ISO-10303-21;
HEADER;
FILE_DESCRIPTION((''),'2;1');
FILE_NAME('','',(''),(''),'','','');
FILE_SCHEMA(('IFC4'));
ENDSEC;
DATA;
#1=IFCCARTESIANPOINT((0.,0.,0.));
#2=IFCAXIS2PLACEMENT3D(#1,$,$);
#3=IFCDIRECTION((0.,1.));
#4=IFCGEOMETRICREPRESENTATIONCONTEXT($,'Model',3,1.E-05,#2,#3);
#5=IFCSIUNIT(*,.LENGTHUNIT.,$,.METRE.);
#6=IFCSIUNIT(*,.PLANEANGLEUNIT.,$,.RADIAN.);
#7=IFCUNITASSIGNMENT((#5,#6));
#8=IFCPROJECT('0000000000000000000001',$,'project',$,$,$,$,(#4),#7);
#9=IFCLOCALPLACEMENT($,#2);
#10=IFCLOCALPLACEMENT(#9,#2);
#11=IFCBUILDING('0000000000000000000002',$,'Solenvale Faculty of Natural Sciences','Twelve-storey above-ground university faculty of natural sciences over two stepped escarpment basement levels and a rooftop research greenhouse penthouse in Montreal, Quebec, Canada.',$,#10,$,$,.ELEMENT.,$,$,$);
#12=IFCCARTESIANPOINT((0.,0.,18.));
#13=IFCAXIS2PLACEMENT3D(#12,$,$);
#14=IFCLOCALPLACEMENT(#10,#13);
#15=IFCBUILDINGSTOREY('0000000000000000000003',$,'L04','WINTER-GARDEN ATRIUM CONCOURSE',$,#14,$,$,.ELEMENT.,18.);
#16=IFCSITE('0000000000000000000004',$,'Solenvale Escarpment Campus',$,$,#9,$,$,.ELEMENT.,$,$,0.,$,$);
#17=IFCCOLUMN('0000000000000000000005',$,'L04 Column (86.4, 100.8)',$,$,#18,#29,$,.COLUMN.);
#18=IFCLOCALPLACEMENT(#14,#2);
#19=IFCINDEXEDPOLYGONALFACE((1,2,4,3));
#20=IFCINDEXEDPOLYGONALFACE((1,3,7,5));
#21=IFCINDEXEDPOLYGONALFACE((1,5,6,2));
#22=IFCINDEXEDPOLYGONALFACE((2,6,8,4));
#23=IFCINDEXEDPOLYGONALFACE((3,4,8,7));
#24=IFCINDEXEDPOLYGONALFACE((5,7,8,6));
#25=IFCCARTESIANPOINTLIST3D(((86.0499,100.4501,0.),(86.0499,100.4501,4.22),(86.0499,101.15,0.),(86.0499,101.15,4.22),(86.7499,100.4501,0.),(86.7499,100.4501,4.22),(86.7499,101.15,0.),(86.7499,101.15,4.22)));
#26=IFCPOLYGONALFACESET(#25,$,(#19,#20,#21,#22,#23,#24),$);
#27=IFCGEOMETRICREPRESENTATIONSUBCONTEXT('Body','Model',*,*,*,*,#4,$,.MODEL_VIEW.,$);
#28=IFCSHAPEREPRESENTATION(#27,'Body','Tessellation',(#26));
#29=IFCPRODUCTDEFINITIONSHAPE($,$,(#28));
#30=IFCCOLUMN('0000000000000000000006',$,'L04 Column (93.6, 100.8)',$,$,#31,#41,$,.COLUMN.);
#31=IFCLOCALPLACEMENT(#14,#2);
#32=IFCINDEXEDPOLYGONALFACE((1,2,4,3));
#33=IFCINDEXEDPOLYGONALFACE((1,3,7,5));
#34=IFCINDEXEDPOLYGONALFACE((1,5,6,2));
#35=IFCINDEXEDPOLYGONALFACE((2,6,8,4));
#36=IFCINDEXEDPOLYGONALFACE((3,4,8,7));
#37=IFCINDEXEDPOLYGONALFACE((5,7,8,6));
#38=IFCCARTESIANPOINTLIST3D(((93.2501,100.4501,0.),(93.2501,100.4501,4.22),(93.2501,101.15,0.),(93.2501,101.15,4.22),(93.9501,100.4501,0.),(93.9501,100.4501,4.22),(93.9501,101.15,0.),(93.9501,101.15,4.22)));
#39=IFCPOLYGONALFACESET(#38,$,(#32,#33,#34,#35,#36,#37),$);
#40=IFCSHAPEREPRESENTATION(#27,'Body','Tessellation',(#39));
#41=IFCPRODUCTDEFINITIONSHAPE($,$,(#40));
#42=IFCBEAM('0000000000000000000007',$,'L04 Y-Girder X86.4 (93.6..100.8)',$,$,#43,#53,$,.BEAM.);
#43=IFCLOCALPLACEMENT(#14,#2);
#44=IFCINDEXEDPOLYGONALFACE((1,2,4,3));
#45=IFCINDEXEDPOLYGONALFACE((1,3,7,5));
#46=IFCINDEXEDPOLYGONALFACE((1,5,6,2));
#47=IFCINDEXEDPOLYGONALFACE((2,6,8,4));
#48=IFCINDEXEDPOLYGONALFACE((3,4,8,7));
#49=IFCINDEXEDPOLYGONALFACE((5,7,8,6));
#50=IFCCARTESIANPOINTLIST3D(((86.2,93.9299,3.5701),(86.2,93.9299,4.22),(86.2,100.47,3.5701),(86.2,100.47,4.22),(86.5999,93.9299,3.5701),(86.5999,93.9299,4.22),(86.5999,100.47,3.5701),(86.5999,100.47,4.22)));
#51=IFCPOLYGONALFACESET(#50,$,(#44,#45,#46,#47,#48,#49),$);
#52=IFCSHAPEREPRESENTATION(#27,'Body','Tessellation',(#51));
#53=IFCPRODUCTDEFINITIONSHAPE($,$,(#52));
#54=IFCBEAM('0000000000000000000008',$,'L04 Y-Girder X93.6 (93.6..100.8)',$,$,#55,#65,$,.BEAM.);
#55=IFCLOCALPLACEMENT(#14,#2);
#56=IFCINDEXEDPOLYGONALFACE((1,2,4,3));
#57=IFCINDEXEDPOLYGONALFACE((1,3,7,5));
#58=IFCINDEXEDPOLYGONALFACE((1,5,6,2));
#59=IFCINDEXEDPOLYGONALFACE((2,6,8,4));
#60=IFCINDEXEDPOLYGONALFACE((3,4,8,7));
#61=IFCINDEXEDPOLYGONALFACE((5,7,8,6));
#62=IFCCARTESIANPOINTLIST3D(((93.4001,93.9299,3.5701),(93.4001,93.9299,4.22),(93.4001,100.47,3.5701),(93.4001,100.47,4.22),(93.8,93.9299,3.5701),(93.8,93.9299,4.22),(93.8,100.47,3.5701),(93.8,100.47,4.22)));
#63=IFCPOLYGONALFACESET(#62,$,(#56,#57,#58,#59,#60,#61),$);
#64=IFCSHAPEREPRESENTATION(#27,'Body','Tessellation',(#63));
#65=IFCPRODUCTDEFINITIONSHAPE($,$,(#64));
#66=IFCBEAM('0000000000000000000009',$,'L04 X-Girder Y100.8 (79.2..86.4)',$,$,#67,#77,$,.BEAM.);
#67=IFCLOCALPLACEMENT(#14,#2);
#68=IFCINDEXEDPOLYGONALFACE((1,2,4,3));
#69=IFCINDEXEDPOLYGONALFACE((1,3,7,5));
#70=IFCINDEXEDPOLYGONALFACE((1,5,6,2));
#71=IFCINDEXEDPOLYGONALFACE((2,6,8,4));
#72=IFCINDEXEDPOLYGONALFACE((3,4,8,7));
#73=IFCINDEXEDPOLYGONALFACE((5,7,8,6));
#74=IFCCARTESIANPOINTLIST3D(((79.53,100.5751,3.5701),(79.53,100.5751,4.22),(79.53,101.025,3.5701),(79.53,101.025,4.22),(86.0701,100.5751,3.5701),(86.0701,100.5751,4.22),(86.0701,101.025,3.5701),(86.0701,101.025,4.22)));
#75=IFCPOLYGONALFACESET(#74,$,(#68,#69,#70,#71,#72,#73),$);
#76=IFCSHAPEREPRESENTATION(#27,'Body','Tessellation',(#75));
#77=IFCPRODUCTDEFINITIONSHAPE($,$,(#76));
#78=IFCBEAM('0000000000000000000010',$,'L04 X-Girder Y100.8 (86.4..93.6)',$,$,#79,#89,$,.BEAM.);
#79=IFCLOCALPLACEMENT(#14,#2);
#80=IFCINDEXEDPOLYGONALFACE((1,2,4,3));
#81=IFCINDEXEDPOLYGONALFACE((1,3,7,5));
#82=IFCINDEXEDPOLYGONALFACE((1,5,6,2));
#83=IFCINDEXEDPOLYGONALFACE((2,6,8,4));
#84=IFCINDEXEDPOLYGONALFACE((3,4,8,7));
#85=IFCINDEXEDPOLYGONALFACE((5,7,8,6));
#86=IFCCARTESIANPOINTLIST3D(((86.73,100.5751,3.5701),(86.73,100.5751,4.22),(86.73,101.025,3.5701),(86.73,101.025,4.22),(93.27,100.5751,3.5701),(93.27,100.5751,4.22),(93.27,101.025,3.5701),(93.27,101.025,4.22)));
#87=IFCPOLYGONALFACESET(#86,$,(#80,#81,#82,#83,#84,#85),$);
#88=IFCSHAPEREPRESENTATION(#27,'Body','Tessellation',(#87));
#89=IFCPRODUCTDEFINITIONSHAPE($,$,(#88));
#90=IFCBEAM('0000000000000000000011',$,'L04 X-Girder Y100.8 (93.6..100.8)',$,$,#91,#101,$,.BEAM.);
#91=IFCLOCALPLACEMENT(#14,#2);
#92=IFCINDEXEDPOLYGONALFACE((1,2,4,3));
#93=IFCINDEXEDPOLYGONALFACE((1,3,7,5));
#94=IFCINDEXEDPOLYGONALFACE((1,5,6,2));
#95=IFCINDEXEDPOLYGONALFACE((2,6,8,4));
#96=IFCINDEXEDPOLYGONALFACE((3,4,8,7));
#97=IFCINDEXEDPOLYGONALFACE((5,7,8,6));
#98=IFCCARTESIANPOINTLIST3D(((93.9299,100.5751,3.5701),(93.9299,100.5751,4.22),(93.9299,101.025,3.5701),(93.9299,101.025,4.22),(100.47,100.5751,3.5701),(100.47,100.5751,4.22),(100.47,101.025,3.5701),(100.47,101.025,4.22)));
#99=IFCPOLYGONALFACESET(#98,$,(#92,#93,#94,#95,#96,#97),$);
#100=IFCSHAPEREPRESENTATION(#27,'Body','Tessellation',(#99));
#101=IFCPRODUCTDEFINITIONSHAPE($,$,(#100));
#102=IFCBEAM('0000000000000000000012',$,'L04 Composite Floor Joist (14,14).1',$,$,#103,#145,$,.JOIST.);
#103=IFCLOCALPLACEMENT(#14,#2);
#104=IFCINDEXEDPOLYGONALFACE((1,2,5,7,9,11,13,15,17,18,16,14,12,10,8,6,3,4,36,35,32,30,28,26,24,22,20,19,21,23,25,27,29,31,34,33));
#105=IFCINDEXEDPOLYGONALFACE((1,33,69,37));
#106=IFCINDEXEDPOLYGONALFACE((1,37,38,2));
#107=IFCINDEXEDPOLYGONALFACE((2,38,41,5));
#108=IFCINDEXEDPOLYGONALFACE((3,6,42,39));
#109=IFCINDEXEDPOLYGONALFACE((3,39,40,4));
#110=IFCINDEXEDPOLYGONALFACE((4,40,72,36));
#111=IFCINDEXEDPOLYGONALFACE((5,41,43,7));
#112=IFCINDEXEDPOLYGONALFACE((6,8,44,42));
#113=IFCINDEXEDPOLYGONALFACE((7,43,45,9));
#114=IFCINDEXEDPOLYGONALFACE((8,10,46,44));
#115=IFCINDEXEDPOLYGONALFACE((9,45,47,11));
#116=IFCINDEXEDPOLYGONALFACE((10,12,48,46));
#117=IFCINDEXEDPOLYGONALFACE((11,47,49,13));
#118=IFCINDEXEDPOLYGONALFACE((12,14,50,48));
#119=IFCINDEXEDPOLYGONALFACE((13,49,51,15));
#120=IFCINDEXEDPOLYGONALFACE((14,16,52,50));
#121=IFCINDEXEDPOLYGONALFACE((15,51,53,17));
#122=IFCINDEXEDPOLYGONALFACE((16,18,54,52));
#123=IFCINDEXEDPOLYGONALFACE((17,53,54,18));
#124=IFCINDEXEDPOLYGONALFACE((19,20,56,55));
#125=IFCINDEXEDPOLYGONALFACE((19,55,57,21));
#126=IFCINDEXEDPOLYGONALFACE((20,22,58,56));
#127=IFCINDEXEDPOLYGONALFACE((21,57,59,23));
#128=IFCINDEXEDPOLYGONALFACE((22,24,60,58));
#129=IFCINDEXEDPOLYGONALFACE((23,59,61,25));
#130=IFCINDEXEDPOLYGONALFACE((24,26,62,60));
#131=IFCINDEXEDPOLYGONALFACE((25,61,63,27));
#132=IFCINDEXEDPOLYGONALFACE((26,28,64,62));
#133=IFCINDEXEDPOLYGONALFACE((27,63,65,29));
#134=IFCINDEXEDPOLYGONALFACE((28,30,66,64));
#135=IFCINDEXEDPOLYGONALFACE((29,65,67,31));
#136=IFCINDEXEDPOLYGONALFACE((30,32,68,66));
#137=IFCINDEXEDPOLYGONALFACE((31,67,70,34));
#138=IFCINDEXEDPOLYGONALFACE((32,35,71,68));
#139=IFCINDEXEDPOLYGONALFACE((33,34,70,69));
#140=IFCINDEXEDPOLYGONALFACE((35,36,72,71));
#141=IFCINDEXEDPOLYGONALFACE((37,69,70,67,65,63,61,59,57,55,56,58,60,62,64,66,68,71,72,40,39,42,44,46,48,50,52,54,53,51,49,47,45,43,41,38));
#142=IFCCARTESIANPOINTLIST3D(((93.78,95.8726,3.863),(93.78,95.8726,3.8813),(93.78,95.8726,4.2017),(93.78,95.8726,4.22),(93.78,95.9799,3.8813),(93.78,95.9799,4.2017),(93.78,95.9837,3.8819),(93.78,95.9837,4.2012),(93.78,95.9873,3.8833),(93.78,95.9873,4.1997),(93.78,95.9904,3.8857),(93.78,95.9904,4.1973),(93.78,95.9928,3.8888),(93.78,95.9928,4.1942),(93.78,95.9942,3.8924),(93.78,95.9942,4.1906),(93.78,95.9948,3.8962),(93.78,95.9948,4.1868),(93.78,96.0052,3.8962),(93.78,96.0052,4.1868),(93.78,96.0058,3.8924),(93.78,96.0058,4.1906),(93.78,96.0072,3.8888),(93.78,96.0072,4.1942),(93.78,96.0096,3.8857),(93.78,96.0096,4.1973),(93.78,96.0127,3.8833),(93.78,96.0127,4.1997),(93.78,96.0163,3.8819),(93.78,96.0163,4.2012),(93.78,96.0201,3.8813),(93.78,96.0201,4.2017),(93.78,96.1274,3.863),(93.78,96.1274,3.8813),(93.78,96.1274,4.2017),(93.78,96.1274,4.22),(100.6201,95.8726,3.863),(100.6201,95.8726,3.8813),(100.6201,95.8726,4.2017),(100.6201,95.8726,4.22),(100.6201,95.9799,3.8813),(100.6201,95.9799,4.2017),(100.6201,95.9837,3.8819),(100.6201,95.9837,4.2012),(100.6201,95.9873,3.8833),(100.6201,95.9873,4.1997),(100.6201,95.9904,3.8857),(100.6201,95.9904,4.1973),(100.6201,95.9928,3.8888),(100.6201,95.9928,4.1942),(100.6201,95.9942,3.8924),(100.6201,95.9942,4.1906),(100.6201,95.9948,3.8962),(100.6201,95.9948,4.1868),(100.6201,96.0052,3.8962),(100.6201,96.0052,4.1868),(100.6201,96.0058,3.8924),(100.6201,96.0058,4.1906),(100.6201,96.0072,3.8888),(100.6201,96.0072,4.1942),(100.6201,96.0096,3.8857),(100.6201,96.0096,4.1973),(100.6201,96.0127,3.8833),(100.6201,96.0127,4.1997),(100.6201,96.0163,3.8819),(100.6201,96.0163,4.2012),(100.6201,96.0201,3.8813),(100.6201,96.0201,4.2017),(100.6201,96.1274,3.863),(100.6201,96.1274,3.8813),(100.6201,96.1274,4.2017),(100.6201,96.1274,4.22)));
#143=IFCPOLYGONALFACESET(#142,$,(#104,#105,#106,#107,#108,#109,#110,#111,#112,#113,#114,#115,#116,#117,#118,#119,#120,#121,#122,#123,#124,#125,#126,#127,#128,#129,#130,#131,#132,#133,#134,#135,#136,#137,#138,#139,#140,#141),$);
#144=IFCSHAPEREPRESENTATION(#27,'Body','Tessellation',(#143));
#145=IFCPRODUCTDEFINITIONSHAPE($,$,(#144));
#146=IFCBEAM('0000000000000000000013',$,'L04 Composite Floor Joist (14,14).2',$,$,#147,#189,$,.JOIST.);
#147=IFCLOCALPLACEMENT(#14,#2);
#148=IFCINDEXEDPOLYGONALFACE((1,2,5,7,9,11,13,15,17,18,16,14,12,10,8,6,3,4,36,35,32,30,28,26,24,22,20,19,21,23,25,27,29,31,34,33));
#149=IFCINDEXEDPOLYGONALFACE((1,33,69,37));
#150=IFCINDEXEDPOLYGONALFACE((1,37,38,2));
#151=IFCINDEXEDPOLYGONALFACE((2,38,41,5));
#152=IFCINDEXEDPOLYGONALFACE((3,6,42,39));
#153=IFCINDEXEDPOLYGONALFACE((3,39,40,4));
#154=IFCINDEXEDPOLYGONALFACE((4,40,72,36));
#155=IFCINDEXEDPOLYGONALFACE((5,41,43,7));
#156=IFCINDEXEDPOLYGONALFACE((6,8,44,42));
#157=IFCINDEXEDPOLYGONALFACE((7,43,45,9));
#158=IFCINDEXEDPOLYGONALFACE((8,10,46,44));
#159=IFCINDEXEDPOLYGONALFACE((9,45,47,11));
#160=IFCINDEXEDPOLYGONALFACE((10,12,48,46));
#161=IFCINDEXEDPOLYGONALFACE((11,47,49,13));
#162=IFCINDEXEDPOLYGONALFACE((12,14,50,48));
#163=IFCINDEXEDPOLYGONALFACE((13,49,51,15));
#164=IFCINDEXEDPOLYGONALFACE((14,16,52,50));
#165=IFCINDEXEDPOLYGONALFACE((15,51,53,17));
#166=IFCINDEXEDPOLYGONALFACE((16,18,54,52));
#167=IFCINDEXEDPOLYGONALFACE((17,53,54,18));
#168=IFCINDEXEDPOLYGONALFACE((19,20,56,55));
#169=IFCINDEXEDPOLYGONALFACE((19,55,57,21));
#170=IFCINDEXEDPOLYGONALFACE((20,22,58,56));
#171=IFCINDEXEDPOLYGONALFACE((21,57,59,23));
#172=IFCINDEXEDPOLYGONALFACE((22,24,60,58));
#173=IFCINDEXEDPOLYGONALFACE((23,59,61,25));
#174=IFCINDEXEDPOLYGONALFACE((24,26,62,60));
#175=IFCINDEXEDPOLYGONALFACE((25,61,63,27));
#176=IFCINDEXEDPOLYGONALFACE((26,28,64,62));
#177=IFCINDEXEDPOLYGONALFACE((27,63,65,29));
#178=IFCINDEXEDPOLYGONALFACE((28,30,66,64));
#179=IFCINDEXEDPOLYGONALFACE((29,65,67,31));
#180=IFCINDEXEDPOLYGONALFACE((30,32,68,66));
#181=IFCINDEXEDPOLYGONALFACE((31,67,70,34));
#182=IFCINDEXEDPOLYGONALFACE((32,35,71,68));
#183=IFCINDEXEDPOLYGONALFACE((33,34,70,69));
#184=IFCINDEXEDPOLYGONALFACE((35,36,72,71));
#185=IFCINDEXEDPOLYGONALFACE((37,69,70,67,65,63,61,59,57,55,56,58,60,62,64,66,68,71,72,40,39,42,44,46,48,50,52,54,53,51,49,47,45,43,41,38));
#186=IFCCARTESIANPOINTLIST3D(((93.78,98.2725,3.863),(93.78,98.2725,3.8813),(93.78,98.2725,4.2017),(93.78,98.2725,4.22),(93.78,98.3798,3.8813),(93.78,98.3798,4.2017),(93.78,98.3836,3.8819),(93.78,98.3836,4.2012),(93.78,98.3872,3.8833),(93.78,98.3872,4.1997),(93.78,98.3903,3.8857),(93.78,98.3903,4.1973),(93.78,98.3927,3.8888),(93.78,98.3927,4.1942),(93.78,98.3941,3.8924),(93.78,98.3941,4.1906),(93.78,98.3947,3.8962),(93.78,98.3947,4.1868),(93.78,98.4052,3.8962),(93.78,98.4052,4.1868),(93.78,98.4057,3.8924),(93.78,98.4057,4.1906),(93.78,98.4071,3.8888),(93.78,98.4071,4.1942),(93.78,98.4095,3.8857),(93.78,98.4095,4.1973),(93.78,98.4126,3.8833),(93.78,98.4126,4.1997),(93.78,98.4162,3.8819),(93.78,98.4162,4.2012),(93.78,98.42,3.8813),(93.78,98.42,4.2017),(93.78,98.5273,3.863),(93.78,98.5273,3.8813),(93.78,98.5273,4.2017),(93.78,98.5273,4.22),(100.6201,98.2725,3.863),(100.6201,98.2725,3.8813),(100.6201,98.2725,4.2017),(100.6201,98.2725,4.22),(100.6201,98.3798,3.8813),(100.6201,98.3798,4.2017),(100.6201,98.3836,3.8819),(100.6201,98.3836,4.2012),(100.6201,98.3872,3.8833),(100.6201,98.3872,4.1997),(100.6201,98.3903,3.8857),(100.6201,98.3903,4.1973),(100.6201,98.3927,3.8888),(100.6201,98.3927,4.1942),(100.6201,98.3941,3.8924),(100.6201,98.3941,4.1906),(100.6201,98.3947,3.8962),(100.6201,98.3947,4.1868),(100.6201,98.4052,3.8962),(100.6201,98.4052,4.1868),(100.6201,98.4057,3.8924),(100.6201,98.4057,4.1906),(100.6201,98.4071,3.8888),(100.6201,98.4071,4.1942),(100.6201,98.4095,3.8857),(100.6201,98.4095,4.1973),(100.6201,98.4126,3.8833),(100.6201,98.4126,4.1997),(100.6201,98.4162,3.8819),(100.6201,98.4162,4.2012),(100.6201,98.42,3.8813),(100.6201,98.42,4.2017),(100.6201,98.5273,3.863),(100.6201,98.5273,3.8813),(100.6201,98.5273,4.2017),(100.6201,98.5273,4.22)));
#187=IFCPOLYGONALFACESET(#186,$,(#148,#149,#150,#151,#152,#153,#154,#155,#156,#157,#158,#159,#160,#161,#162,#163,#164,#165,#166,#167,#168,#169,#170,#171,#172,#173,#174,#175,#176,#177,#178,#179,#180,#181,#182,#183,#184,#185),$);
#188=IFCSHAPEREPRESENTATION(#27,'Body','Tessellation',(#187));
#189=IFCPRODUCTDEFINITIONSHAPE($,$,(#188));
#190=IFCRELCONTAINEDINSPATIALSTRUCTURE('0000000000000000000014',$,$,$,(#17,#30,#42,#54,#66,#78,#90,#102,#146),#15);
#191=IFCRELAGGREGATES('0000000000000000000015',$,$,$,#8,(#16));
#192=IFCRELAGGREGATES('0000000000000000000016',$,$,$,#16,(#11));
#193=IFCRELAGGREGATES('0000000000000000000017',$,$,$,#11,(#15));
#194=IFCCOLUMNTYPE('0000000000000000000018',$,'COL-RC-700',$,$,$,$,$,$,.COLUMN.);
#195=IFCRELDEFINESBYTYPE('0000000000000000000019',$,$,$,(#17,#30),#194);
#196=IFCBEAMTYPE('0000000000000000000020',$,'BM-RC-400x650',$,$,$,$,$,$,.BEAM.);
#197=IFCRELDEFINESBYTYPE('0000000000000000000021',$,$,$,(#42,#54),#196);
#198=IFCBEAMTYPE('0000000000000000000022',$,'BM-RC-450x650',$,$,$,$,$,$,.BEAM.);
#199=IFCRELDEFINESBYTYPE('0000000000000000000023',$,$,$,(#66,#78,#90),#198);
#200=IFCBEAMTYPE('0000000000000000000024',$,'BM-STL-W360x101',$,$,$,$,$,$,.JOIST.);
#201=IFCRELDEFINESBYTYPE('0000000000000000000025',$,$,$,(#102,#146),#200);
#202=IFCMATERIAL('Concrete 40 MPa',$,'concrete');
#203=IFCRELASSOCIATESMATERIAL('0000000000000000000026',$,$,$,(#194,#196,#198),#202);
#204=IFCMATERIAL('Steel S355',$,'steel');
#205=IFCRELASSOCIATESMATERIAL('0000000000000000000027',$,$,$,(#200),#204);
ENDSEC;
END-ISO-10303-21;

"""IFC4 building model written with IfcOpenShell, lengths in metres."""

from ifc_helpers import new_model, si_unit, direction, frame, origin, origin_2d, place, context, subcontext, project, spatial, rectangle, i_section, extrude, material, material_profile, profile_set, type_object, element, save


model = new_model("IFC4")

# Units and contexts
model_context = context("Model", 3, precision=1e-05, world=origin(), true_north=direction((0.0, 1.0)))
body_context = subcontext(model_context, "Body", "Model", "MODEL_VIEW")
ifc_project = project(units=[si_unit("LENGTHUNIT", "METRE"), si_unit("PLANEANGLEUNIT", "RADIAN")], contexts=[model_context])

# Site, building, storey
site_placement = place(None, origin())
site = spatial("IfcSite", under=ifc_project, at=site_placement, Name="Solenvale Escarpment Campus", CompositionType="ELEMENT", RefElevation=0.0)
building_placement = place(site_placement, origin())
building = spatial("IfcBuilding", under=site, at=building_placement, Name="Solenvale Faculty of Natural Sciences", Description="Twelve-storey above-ground university faculty of natural sciences over two stepped escarpment basement levels and a rooftop research greenhouse penthouse in Montreal, Quebec, Canada.", CompositionType="ELEMENT")
storey_placement = place(building_placement, frame((0.0, 0.0, 18.0)))
storey = spatial("IfcBuildingStorey", under=building, at=storey_placement, Name="L04", Description="WINTER-GARDEN ATRIUM CONCOURSE", CompositionType="ELEMENT", Elevation=18.0)

# Columns
ifc_material_1 = material(Name="Concrete 40 MPa", Category="concrete")
ifc_material_profile_1 = material_profile(ifc_material_1, rectangle(XDim=0.7, YDim=0.7, at=origin_2d()), Name="RC-COL-700x700")
ifc_profile_set_1 = profile_set([ifc_material_profile_1], Name="Concrete 40 MPa")
column_type = type_object("IfcColumnType", Name="COL-RC-700", PredefinedType="COLUMN", material=ifc_profile_set_1)
for number, where, z_axis, x_axis, name in (
    (1, (86.3999, 100.8, 0.0), (0.0, 0.0, 1.0), (1.0, 0.0, 0.0), "L04 Column (86.4, 100.8)"),
    (2, (93.6001, 100.8, 0.0), (0.0, 0.0, 1.0), (1.0, 0.0, 0.0), "L04 Column (93.6, 100.8)"),
):
    element("IfcColumn", number, at=place(storey_placement, frame(where, z_axis=z_axis, x_axis=x_axis)), inside=storey, type_object=column_type, Name=name, PredefinedType="COLUMN", context=body_context, shape_type="SweptSolid", body=[
        extrude(rectangle(XDim=0.7, YDim=0.7, at=origin_2d()), origin(), (0.0, 0.0, 1.0), 4.22),
    ])

# Beams
ifc_material_profile_2 = material_profile(ifc_material_1, rectangle(XDim=0.3999, YDim=0.6499, at=origin_2d()), Name="RC-BM-400x650")
ifc_profile_set_2 = profile_set([ifc_material_profile_2], Name="Concrete 40 MPa")
beam_type_1 = type_object("IfcBeamType", Name="BM-RC-400x650", PredefinedType="BEAM", material=ifc_profile_set_2)
for number, where, z_axis, x_axis, name in (
    (3, (86.3999, 93.9299, 3.895), (0.0, 1.0, 0.0), (-1.0, 0.0, 0.0), "L04 Y-Girder X86.4 (93.6..100.8)"),
    (4, (93.6001, 93.9299, 3.895), (0.0, 1.0, 0.0), (-1.0, 0.0, 0.0), "L04 Y-Girder X93.6 (93.6..100.8)"),
):
    element("IfcBeam", number, at=place(storey_placement, frame(where, z_axis=z_axis, x_axis=x_axis)), inside=storey, type_object=beam_type_1, Name=name, PredefinedType="BEAM", context=body_context, shape_type="SweptSolid", body=[
        extrude(rectangle(XDim=0.3999, YDim=0.6499, at=origin_2d()), origin(), (0.0, 0.0, 1.0), 6.54),
    ])
ifc_material_profile_3 = material_profile(ifc_material_1, rectangle(XDim=0.45, YDim=0.6499, at=origin_2d()), Name="RC-BM-450x650")
ifc_profile_set_3 = profile_set([ifc_material_profile_3], Name="Concrete 40 MPa")
beam_type_2 = type_object("IfcBeamType", Name="BM-RC-450x650", PredefinedType="BEAM", material=ifc_profile_set_3)
for number, where, z_axis, x_axis, name in (
    (5, (79.53, 100.8, 3.895), (1.0, 0.0, 0.0), (0.0, 1.0, 0.0), "L04 X-Girder Y100.8 (79.2..86.4)"),
    (6, (86.73, 100.8, 3.895), (1.0, 0.0, 0.0), (0.0, 1.0, 0.0), "L04 X-Girder Y100.8 (86.4..93.6)"),
    (7, (93.9299, 100.8, 3.895), (1.0, 0.0, 0.0), (0.0, 1.0, 0.0), "L04 X-Girder Y100.8 (93.6..100.8)"),
):
    element("IfcBeam", number, at=place(storey_placement, frame(where, z_axis=z_axis, x_axis=x_axis)), inside=storey, type_object=beam_type_2, Name=name, PredefinedType="BEAM", context=body_context, shape_type="SweptSolid", body=[
        extrude(rectangle(XDim=0.45, YDim=0.6499, at=origin_2d()), origin(), (0.0, 0.0, 1.0), 6.54),
    ])
ifc_material_2 = material(Name="Steel S355", Category="steel")
ifc_material_profile_4 = material_profile(ifc_material_2, i_section(OverallWidth=0.2549, OverallDepth=0.3569, WebThickness=0.0105, FlangeThickness=0.0183, FilletRadius=0.0149, at=origin_2d()), Name="W360x101")
ifc_profile_set_4 = profile_set([ifc_material_profile_4], Name="Steel S355")
beam_type_3 = type_object("IfcBeamType", Name="BM-STL-W360x101", PredefinedType="JOIST", material=ifc_profile_set_4)
for number, where, z_axis, x_axis, name in (
    (8, (93.78, 96.0, 4.0415), (1.0, 0.0, 0.0), (0.0, 1.0, 0.0), "L04 Composite Floor Joist (14,14).1"),
    (9, (93.78, 98.3999, 4.0415), (1.0, 0.0, 0.0), (0.0, 1.0, 0.0), "L04 Composite Floor Joist (14,14).2"),
):
    element("IfcBeam", number, at=place(storey_placement, frame(where, z_axis=z_axis, x_axis=x_axis)), inside=storey, type_object=beam_type_3, Name=name, PredefinedType="JOIST", context=body_context, shape_type="SweptSolid", body=[
        extrude(i_section(OverallWidth=0.2549, OverallDepth=0.3569, WebThickness=0.0105, FlangeThickness=0.0183, FilletRadius=0.0149, at=origin_2d()), origin(), (0.0, 0.0, 1.0), 6.8401),
    ])

save(model, "model.ifc")
